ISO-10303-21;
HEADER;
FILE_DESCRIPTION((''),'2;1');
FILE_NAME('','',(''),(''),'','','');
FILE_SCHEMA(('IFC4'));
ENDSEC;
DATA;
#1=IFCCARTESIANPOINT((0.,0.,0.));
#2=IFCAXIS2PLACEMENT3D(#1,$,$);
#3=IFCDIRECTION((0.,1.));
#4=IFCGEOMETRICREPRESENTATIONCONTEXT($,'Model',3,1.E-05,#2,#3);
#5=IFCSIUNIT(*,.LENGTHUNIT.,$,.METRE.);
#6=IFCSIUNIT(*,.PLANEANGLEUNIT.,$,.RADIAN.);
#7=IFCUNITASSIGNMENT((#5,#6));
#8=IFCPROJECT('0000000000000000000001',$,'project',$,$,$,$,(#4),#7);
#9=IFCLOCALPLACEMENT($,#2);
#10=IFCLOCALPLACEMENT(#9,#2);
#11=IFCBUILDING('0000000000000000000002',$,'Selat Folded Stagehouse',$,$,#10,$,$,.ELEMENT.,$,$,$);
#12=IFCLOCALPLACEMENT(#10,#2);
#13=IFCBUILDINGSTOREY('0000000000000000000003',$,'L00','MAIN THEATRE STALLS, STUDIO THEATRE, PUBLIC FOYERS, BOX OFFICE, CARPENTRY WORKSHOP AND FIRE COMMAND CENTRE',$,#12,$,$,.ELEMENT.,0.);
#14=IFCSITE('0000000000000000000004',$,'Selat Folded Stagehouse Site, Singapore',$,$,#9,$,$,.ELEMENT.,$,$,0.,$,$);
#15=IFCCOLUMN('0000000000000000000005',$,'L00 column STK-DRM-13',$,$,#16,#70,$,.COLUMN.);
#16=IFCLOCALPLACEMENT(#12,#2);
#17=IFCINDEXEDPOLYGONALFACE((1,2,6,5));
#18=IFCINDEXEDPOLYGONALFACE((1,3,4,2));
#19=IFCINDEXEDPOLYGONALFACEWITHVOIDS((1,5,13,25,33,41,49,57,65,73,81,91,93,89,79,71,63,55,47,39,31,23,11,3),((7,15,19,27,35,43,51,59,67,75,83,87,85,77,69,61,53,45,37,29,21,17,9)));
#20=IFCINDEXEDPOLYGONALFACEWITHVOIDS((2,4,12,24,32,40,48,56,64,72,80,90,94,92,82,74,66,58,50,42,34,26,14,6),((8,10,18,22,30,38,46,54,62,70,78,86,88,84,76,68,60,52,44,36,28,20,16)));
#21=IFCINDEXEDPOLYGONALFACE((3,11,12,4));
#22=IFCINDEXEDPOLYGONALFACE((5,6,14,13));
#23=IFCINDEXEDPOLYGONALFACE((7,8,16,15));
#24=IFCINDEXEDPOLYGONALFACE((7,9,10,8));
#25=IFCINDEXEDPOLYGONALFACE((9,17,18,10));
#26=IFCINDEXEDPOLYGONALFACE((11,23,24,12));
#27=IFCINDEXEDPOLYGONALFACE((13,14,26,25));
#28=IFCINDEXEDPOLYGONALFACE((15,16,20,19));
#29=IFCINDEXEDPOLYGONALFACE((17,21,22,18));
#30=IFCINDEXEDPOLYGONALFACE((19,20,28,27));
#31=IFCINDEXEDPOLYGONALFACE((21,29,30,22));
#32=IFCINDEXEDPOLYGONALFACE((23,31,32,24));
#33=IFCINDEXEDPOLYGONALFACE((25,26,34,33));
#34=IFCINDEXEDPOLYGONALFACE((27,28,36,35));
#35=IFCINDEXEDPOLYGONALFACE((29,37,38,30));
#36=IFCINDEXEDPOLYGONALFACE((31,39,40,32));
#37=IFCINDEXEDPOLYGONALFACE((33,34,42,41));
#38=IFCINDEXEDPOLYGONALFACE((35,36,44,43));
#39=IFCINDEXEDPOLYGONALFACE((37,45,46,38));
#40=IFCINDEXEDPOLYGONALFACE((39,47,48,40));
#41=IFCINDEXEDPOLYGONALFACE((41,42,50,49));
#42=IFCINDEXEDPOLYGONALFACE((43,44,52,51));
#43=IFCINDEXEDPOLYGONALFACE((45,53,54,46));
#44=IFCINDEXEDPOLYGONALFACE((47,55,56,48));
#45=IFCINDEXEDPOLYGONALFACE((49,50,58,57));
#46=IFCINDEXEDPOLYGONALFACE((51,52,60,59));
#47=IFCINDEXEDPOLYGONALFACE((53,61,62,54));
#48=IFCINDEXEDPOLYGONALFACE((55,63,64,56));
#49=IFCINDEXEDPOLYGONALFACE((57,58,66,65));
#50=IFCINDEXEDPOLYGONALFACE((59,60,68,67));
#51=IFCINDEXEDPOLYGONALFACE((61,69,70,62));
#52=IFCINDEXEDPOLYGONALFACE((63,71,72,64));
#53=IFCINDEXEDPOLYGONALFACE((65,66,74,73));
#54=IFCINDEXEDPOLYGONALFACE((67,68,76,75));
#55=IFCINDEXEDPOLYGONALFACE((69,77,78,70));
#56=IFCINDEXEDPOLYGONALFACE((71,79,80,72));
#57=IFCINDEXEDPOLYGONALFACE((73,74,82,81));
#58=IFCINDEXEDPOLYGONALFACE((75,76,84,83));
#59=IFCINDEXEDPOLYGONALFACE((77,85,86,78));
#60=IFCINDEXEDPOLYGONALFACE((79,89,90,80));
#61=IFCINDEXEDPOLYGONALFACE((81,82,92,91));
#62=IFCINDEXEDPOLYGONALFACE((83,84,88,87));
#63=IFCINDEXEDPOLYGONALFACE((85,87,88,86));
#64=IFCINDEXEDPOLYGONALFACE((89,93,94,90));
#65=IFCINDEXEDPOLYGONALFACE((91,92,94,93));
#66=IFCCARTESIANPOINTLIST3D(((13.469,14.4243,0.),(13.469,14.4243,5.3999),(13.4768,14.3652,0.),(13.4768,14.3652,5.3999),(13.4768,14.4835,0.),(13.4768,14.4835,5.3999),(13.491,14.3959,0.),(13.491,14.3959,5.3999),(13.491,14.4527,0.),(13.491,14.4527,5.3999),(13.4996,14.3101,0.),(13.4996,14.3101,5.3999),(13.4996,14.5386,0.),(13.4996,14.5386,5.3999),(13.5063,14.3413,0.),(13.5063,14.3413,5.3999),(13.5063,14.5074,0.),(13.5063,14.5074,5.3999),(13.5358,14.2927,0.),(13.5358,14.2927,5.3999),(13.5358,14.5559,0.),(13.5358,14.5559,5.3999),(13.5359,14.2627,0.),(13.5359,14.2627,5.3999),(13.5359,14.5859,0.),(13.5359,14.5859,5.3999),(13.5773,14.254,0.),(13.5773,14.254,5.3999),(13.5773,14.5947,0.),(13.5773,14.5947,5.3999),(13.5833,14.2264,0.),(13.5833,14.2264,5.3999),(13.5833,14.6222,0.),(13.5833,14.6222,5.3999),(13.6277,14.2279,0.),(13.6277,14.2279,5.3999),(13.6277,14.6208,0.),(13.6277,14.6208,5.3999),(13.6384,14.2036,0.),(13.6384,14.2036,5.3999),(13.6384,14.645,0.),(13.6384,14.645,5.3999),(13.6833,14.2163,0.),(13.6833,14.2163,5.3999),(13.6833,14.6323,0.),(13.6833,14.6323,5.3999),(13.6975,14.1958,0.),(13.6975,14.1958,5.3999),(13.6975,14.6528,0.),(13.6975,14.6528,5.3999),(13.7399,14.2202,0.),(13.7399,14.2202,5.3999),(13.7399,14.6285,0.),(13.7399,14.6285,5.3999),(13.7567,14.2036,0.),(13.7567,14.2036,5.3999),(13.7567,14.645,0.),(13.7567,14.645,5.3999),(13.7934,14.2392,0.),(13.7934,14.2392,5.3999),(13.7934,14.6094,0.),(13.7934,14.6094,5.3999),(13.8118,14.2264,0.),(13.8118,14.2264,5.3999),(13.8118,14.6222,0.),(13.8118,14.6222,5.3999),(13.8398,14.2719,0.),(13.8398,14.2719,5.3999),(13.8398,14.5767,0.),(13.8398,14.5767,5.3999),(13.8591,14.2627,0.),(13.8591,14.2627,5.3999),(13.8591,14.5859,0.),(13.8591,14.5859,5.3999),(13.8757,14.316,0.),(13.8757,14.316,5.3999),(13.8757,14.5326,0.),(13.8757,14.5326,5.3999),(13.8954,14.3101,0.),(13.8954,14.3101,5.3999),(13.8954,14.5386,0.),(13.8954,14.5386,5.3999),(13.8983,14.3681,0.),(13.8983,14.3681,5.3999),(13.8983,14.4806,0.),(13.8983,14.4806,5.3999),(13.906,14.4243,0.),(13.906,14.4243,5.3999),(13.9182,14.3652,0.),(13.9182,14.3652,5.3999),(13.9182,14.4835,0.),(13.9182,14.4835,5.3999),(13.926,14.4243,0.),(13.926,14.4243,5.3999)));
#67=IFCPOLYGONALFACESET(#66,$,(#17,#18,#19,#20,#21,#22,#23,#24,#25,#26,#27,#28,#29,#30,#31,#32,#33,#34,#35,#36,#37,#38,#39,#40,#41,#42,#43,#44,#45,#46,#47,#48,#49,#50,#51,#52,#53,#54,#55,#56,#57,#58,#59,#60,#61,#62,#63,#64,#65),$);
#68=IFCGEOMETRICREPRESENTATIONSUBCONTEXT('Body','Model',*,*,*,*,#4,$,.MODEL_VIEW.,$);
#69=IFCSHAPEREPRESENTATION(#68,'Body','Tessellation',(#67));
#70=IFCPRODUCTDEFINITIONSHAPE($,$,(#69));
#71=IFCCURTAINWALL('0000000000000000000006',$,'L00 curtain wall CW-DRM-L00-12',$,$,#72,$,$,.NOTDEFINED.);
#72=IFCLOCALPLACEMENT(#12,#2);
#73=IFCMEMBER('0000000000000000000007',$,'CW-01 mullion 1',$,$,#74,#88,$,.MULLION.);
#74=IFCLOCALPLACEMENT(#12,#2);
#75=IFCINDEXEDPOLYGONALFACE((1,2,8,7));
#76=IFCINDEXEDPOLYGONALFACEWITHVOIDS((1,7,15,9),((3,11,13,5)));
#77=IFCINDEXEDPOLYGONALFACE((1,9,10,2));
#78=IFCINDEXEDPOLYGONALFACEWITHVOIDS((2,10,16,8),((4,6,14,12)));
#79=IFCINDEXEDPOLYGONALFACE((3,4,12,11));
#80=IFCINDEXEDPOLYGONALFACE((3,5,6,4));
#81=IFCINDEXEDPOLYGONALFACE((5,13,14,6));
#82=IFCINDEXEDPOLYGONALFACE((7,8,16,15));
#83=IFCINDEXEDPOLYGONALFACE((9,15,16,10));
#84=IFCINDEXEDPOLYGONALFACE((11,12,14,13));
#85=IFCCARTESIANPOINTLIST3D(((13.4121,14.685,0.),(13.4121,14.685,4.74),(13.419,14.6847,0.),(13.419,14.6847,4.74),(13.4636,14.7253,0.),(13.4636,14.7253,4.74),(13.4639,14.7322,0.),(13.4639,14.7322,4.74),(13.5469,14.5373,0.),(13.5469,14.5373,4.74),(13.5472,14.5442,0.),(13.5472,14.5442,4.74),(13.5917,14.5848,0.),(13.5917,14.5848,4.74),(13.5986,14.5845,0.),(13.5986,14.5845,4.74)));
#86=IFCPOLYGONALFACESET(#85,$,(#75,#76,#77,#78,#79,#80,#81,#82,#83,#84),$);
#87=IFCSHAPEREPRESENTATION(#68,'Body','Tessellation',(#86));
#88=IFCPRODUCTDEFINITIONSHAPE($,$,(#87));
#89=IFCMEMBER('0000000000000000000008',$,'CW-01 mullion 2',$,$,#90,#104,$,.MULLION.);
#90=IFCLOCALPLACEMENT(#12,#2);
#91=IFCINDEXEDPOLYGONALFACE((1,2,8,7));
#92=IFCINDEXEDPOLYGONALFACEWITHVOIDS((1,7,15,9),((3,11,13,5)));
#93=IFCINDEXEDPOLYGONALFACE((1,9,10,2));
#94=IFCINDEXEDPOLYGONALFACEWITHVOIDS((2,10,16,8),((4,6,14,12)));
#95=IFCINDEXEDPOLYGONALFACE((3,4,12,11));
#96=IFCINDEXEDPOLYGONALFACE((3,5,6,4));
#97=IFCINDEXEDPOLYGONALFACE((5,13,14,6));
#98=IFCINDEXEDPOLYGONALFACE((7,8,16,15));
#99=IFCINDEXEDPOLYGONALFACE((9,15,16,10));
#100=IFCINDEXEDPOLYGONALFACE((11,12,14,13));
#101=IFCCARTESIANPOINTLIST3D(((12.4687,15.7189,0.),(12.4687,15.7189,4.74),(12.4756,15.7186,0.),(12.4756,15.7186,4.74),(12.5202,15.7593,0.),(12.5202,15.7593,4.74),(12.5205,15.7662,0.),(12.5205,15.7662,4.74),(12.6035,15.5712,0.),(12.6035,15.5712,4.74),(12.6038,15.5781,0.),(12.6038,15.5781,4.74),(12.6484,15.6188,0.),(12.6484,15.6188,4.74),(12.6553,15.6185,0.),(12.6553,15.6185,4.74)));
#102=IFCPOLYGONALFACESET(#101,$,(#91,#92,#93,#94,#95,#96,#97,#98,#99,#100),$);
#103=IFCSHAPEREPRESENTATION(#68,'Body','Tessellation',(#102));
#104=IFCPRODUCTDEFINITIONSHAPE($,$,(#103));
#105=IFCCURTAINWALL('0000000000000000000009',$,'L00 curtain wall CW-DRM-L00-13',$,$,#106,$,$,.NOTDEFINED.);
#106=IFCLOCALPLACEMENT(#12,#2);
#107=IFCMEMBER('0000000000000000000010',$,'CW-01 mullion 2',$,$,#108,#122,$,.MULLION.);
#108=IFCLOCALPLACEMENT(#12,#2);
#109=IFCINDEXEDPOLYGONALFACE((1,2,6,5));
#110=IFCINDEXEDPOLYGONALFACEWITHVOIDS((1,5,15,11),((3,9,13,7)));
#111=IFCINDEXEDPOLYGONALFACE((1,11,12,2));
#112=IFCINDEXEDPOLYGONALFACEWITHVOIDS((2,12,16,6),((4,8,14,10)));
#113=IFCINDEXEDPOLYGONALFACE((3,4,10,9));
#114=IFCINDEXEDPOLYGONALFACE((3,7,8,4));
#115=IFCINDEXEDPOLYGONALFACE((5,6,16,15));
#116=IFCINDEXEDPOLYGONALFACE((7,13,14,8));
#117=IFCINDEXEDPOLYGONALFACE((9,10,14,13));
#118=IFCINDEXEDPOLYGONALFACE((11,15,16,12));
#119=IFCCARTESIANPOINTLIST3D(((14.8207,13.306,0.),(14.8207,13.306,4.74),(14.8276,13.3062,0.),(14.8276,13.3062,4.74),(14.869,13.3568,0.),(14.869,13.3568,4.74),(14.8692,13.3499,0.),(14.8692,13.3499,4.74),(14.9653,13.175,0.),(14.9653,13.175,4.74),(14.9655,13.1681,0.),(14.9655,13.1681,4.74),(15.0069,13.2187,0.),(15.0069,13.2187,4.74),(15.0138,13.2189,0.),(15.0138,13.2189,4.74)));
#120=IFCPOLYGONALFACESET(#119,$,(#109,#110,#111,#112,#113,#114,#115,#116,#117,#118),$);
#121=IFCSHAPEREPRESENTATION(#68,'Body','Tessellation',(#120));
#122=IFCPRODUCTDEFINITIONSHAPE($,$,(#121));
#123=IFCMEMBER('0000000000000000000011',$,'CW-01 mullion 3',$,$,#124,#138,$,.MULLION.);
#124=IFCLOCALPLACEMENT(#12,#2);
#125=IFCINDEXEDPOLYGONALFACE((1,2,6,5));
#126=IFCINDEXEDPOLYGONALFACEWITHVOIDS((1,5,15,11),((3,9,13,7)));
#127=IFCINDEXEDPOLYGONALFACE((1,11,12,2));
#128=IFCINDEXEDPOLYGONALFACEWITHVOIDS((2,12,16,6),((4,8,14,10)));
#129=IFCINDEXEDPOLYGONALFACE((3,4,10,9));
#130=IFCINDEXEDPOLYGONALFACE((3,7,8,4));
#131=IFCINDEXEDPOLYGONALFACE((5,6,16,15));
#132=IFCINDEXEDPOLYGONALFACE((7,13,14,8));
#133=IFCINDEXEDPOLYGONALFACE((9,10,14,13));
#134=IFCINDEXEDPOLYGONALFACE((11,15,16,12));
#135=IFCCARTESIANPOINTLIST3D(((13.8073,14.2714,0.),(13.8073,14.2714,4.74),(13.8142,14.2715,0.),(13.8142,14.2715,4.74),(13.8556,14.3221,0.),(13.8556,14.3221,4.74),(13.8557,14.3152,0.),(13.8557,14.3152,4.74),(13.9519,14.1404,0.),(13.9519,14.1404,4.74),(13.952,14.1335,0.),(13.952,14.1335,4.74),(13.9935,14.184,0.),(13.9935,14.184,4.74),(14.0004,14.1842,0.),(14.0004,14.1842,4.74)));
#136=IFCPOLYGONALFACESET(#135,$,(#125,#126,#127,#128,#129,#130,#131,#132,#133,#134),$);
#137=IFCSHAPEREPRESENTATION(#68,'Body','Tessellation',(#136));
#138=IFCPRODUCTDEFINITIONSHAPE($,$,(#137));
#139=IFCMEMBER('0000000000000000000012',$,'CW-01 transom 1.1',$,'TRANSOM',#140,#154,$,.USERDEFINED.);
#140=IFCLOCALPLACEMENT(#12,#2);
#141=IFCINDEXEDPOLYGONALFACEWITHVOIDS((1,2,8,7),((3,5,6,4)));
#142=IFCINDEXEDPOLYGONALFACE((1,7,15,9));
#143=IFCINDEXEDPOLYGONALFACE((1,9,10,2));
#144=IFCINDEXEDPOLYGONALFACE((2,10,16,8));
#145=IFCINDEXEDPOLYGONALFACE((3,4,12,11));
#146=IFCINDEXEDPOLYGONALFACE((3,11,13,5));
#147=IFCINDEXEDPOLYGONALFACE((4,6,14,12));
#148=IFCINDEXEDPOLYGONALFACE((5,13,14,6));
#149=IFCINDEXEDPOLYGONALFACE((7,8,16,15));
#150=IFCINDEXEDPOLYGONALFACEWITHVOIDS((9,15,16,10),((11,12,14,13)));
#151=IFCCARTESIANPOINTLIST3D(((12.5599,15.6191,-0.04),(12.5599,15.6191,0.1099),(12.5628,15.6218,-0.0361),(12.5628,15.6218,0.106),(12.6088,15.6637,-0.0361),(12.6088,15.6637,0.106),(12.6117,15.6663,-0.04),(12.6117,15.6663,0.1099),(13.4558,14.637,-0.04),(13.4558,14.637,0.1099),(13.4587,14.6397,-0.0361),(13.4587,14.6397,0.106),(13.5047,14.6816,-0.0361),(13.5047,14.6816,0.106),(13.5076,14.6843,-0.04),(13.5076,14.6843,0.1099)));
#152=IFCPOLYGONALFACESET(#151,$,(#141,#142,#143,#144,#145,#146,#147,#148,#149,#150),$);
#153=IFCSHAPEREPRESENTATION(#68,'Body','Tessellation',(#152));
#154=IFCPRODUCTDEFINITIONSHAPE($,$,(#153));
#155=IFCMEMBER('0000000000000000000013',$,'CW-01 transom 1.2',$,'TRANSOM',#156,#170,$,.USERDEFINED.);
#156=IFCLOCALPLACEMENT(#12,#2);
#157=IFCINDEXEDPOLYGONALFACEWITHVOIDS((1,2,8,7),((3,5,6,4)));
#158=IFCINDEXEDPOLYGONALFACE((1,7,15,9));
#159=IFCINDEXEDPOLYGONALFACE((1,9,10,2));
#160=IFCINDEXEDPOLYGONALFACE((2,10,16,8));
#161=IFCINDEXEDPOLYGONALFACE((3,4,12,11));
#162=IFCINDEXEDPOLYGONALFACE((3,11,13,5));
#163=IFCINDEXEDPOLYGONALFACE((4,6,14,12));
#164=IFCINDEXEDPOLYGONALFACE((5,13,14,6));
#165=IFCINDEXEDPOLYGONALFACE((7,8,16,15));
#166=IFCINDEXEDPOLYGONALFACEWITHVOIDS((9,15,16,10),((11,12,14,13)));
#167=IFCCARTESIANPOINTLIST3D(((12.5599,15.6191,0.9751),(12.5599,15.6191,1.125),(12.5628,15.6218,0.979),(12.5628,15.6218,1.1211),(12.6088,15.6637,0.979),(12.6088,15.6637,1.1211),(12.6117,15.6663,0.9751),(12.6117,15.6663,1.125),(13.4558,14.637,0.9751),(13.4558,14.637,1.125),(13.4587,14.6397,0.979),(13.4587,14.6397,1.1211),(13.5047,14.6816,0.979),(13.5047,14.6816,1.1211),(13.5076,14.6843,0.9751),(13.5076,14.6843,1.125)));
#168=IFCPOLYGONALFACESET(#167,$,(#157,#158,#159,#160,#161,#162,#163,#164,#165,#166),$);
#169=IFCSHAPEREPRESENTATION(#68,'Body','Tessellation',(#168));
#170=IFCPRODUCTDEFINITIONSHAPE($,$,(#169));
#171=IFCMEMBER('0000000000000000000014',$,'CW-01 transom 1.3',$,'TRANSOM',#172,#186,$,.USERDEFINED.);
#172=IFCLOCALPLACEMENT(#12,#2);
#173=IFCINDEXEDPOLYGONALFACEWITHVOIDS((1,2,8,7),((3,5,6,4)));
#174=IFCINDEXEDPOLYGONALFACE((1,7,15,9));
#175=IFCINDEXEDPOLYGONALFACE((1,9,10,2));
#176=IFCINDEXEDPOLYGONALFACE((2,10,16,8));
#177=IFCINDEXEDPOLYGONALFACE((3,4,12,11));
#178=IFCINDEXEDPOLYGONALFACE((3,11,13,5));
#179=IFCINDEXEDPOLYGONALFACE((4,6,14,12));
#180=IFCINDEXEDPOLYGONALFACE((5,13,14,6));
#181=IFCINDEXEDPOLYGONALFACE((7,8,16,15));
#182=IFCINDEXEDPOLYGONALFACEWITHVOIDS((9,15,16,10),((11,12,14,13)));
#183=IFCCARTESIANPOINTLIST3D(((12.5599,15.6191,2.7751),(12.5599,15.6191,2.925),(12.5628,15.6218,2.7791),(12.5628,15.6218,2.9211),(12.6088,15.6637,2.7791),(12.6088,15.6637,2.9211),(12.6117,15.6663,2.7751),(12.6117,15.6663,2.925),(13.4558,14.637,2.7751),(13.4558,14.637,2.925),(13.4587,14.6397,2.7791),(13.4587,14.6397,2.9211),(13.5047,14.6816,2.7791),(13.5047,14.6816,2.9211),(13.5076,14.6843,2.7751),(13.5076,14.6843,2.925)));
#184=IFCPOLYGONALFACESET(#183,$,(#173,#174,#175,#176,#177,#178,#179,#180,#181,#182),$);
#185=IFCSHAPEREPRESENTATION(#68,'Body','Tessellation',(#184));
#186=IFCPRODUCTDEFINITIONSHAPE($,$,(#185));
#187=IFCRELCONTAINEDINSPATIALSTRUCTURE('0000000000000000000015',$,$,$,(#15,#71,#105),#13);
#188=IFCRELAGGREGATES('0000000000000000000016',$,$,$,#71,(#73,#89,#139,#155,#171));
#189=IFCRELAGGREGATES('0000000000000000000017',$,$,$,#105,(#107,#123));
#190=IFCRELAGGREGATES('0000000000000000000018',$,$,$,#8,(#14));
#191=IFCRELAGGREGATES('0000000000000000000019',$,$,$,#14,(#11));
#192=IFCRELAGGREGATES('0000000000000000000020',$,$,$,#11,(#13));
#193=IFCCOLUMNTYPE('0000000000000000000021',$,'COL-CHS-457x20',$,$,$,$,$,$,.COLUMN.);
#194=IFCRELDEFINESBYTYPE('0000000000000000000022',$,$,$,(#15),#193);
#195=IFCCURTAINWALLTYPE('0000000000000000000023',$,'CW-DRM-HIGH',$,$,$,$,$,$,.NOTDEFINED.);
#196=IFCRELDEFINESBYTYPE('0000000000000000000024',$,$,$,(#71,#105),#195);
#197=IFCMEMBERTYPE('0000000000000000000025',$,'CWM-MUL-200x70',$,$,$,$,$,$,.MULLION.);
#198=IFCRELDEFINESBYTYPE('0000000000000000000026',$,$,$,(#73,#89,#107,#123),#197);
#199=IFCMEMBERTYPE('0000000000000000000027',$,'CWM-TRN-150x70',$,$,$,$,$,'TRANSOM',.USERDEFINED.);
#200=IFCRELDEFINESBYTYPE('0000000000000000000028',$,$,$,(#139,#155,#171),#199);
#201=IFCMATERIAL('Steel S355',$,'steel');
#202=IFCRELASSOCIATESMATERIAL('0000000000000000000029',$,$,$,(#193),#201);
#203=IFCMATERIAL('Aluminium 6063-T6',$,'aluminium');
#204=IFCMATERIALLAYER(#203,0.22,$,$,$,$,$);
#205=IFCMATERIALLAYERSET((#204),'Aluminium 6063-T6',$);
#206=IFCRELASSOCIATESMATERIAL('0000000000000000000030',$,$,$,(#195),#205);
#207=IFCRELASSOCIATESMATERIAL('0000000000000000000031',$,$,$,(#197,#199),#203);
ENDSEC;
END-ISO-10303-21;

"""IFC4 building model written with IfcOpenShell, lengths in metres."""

from ifc_helpers import new_model, si_unit, direction, frame, origin, origin_2d, place, context, subcontext, project, spatial, hollow_rectangle, hollow_circle, extrude, material, layer, layer_set, material_profile, profile_set, type_object, element, aggregate, save


model = new_model("IFC4")

# Units and contexts
model_context = context("Model", 3, precision=1e-05, world=origin(), true_north=direction((0.0, 1.0)))
body_context = subcontext(model_context, "Body", "Model", "MODEL_VIEW")
ifc_project = project(units=[si_unit("LENGTHUNIT", "METRE"), si_unit("PLANEANGLEUNIT", "RADIAN")], contexts=[model_context])

# Site, building, storey
site_placement = place(None, origin())
site = spatial("IfcSite", under=ifc_project, at=site_placement, Name="Selat Folded Stagehouse Site, Singapore", CompositionType="ELEMENT", RefElevation=0.0)
building_placement = place(site_placement, origin())
building = spatial("IfcBuilding", under=site, at=building_placement, Name="Selat Folded Stagehouse", CompositionType="ELEMENT")
storey_placement = place(building_placement, origin())
storey = spatial("IfcBuildingStorey", under=building, at=storey_placement, Name="L00", Description="MAIN THEATRE STALLS, STUDIO THEATRE, PUBLIC FOYERS, BOX OFFICE, CARPENTRY WORKSHOP AND FIRE COMMAND CENTRE", CompositionType="ELEMENT", Elevation=0.0)

# Column
ifc_material_1 = material(Name="Steel S355", Category="steel")
ifc_material_profile_1 = material_profile(ifc_material_1, hollow_circle(Radius=0.2285, WallThickness=0.02, at=origin_2d()), Name="CHS 457.0x20.0")
ifc_profile_set_1 = profile_set([ifc_material_profile_1], Name="Steel S355")
column_type = type_object("IfcColumnType", Name="COL-CHS-457x20", PredefinedType="COLUMN", material=ifc_profile_set_1)
column_placement = place(storey_placement, frame((13.6975, 14.4243, 0.0), z_axis=(0.0, 0.0, 1.0), x_axis=(1.0, 0.0, 0.0)))
element("IfcColumn", 1, at=column_placement, inside=storey, type_object=column_type, Name="L00 column STK-DRM-13", PredefinedType="COLUMN", context=body_context, shape_type="SweptSolid", body=[
    extrude(hollow_circle(Radius=0.2285, WallThickness=0.02, at=origin_2d()), origin(), (0.0, 0.0, 1.0), 5.3999),
])

# Curtain walls, members
ifc_material_2 = material(Name="Aluminium 6063-T6", Category="aluminium")
ifc_layer_1 = layer(ifc_material_2, 0.22)
ifc_layer_set_1 = layer_set([ifc_layer_1], Name="Aluminium 6063-T6")
curtain_wall_type = type_object("IfcCurtainWallType", Name="CW-DRM-HIGH", PredefinedType="NOTDEFINED", material=ifc_layer_set_1)
curtain_wall_1_placement = place(storey_placement, origin())
curtain_wall_1 = element("IfcCurtainWall", 2, at=curtain_wall_1_placement, inside=storey, type_object=curtain_wall_type, Name="L00 curtain wall CW-DRM-L00-12", PredefinedType="NOTDEFINED")
ifc_material_profile_2 = material_profile(ifc_material_2, hollow_rectangle(XDim=0.0701, YDim=0.2, WallThickness=0.0049, at=origin_2d()), Name="ALU 200x70x5.0")
ifc_profile_set_2 = profile_set([ifc_material_profile_2], Name="Aluminium 6063-T6")
member_type_1 = type_object("IfcMemberType", Name="CWM-MUL-200x70", PredefinedType="MULLION", material=ifc_profile_set_2)
member_1_placement = place(storey_placement, frame((13.5054, 14.6348, 0.0), z_axis=(0.0, 0.0, 1.0), x_axis=(-0.738729, -0.674002, 0.0)))
member_1 = element("IfcMember", 3, at=member_1_placement, type_object=member_type_1, Name="CW-01 mullion 1", PredefinedType="MULLION", context=body_context, shape_type="SweptSolid", body=[
    extrude(hollow_rectangle(XDim=0.0701, YDim=0.2, WallThickness=0.0049, at=origin_2d()), origin(), (0.0, 0.0, 1.0), 4.74),
])
member_2_placement = place(storey_placement, frame((12.562, 15.6687, 0.0), z_axis=(0.0, 0.0, 1.0), x_axis=(-0.738729, -0.674002, 0.0)))
member_2 = element("IfcMember", 4, at=member_2_placement, type_object=member_type_1, Name="CW-01 mullion 2", PredefinedType="MULLION", context=body_context, shape_type="SweptSolid", body=[
    extrude(hollow_rectangle(XDim=0.0701, YDim=0.2, WallThickness=0.0049, at=origin_2d()), origin(), (0.0, 0.0, 1.0), 4.74),
])
curtain_wall_2_placement = place(storey_placement, origin())
curtain_wall_2 = element("IfcCurtainWall", 5, at=curtain_wall_2_placement, inside=storey, type_object=curtain_wall_type, Name="L00 curtain wall CW-DRM-L00-13", PredefinedType="NOTDEFINED")
member_3_placement = place(storey_placement, frame((14.9172, 13.2625, 0.0), z_axis=(0.0, 0.0, 1.0), x_axis=(-0.689661, -0.724132, 0.0)))
member_3 = element("IfcMember", 6, at=member_3_placement, type_object=member_type_1, Name="CW-01 mullion 2", PredefinedType="MULLION", context=body_context, shape_type="SweptSolid", body=[
    extrude(hollow_rectangle(XDim=0.0701, YDim=0.2, WallThickness=0.0049, at=origin_2d()), origin(), (0.0, 0.0, 1.0), 4.74),
])
member_4_placement = place(storey_placement, frame((13.9038, 14.2278, 0.0), z_axis=(0.0, 0.0, 1.0), x_axis=(-0.689661, -0.724132, 0.0)))
member_4 = element("IfcMember", 7, at=member_4_placement, type_object=member_type_1, Name="CW-01 mullion 3", PredefinedType="MULLION", context=body_context, shape_type="SweptSolid", body=[
    extrude(hollow_rectangle(XDim=0.0701, YDim=0.2, WallThickness=0.0049, at=origin_2d()), origin(), (0.0, 0.0, 1.0), 4.74),
])

# Members
ifc_material_profile_3 = material_profile(ifc_material_2, hollow_rectangle(XDim=0.0701, YDim=0.1499, WallThickness=0.0039, at=origin_2d()), Name="ALU 150x70x4.0")
ifc_profile_set_3 = profile_set([ifc_material_profile_3], Name="Aluminium 6063-T6")
member_type_2 = type_object("IfcMemberType", Name="CWM-TRN-150x70", ElementType="TRANSOM", PredefinedType="USERDEFINED", material=ifc_profile_set_3)
member_5_placement = place(storey_placement, frame((13.4817, 14.6606, 0.0349), z_axis=(-0.673951, 0.738776, 0.0), x_axis=(-0.738776, -0.673951, 0.0)))
member_5 = element("IfcMember", 8, at=member_5_placement, type_object=member_type_2, Name="CW-01 transom 1.1", ObjectType="TRANSOM", PredefinedType="USERDEFINED", context=body_context, shape_type="SweptSolid", body=[
    extrude(hollow_rectangle(XDim=0.0701, YDim=0.1499, WallThickness=0.0039, at=origin_2d()), origin(), (0.0, 0.0, 1.0), 1.3293),
])
member_6_placement = place(storey_placement, frame((13.4817, 14.6606, 1.05), z_axis=(-0.673951, 0.738776, 0.0), x_axis=(-0.738776, -0.673951, 0.0)))
member_6 = element("IfcMember", 9, at=member_6_placement, type_object=member_type_2, Name="CW-01 transom 1.2", ObjectType="TRANSOM", PredefinedType="USERDEFINED", context=body_context, shape_type="SweptSolid", body=[
    extrude(hollow_rectangle(XDim=0.0701, YDim=0.1499, WallThickness=0.0039, at=origin_2d()), origin(), (0.0, 0.0, 1.0), 1.3293),
])
member_7_placement = place(storey_placement, frame((13.4817, 14.6606, 2.8501), z_axis=(-0.673951, 0.738776, 0.0), x_axis=(-0.738776, -0.673951, 0.0)))
member_7 = element("IfcMember", 10, at=member_7_placement, type_object=member_type_2, Name="CW-01 transom 1.3", ObjectType="TRANSOM", PredefinedType="USERDEFINED", context=body_context, shape_type="SweptSolid", body=[
    extrude(hollow_rectangle(XDim=0.0701, YDim=0.1499, WallThickness=0.0039, at=origin_2d()), origin(), (0.0, 0.0, 1.0), 1.3293),
])

aggregate(curtain_wall_1, [member_1, member_2, member_5, member_6, member_7])
aggregate(curtain_wall_2, [member_3, member_4])

save(model, "model.ifc")
